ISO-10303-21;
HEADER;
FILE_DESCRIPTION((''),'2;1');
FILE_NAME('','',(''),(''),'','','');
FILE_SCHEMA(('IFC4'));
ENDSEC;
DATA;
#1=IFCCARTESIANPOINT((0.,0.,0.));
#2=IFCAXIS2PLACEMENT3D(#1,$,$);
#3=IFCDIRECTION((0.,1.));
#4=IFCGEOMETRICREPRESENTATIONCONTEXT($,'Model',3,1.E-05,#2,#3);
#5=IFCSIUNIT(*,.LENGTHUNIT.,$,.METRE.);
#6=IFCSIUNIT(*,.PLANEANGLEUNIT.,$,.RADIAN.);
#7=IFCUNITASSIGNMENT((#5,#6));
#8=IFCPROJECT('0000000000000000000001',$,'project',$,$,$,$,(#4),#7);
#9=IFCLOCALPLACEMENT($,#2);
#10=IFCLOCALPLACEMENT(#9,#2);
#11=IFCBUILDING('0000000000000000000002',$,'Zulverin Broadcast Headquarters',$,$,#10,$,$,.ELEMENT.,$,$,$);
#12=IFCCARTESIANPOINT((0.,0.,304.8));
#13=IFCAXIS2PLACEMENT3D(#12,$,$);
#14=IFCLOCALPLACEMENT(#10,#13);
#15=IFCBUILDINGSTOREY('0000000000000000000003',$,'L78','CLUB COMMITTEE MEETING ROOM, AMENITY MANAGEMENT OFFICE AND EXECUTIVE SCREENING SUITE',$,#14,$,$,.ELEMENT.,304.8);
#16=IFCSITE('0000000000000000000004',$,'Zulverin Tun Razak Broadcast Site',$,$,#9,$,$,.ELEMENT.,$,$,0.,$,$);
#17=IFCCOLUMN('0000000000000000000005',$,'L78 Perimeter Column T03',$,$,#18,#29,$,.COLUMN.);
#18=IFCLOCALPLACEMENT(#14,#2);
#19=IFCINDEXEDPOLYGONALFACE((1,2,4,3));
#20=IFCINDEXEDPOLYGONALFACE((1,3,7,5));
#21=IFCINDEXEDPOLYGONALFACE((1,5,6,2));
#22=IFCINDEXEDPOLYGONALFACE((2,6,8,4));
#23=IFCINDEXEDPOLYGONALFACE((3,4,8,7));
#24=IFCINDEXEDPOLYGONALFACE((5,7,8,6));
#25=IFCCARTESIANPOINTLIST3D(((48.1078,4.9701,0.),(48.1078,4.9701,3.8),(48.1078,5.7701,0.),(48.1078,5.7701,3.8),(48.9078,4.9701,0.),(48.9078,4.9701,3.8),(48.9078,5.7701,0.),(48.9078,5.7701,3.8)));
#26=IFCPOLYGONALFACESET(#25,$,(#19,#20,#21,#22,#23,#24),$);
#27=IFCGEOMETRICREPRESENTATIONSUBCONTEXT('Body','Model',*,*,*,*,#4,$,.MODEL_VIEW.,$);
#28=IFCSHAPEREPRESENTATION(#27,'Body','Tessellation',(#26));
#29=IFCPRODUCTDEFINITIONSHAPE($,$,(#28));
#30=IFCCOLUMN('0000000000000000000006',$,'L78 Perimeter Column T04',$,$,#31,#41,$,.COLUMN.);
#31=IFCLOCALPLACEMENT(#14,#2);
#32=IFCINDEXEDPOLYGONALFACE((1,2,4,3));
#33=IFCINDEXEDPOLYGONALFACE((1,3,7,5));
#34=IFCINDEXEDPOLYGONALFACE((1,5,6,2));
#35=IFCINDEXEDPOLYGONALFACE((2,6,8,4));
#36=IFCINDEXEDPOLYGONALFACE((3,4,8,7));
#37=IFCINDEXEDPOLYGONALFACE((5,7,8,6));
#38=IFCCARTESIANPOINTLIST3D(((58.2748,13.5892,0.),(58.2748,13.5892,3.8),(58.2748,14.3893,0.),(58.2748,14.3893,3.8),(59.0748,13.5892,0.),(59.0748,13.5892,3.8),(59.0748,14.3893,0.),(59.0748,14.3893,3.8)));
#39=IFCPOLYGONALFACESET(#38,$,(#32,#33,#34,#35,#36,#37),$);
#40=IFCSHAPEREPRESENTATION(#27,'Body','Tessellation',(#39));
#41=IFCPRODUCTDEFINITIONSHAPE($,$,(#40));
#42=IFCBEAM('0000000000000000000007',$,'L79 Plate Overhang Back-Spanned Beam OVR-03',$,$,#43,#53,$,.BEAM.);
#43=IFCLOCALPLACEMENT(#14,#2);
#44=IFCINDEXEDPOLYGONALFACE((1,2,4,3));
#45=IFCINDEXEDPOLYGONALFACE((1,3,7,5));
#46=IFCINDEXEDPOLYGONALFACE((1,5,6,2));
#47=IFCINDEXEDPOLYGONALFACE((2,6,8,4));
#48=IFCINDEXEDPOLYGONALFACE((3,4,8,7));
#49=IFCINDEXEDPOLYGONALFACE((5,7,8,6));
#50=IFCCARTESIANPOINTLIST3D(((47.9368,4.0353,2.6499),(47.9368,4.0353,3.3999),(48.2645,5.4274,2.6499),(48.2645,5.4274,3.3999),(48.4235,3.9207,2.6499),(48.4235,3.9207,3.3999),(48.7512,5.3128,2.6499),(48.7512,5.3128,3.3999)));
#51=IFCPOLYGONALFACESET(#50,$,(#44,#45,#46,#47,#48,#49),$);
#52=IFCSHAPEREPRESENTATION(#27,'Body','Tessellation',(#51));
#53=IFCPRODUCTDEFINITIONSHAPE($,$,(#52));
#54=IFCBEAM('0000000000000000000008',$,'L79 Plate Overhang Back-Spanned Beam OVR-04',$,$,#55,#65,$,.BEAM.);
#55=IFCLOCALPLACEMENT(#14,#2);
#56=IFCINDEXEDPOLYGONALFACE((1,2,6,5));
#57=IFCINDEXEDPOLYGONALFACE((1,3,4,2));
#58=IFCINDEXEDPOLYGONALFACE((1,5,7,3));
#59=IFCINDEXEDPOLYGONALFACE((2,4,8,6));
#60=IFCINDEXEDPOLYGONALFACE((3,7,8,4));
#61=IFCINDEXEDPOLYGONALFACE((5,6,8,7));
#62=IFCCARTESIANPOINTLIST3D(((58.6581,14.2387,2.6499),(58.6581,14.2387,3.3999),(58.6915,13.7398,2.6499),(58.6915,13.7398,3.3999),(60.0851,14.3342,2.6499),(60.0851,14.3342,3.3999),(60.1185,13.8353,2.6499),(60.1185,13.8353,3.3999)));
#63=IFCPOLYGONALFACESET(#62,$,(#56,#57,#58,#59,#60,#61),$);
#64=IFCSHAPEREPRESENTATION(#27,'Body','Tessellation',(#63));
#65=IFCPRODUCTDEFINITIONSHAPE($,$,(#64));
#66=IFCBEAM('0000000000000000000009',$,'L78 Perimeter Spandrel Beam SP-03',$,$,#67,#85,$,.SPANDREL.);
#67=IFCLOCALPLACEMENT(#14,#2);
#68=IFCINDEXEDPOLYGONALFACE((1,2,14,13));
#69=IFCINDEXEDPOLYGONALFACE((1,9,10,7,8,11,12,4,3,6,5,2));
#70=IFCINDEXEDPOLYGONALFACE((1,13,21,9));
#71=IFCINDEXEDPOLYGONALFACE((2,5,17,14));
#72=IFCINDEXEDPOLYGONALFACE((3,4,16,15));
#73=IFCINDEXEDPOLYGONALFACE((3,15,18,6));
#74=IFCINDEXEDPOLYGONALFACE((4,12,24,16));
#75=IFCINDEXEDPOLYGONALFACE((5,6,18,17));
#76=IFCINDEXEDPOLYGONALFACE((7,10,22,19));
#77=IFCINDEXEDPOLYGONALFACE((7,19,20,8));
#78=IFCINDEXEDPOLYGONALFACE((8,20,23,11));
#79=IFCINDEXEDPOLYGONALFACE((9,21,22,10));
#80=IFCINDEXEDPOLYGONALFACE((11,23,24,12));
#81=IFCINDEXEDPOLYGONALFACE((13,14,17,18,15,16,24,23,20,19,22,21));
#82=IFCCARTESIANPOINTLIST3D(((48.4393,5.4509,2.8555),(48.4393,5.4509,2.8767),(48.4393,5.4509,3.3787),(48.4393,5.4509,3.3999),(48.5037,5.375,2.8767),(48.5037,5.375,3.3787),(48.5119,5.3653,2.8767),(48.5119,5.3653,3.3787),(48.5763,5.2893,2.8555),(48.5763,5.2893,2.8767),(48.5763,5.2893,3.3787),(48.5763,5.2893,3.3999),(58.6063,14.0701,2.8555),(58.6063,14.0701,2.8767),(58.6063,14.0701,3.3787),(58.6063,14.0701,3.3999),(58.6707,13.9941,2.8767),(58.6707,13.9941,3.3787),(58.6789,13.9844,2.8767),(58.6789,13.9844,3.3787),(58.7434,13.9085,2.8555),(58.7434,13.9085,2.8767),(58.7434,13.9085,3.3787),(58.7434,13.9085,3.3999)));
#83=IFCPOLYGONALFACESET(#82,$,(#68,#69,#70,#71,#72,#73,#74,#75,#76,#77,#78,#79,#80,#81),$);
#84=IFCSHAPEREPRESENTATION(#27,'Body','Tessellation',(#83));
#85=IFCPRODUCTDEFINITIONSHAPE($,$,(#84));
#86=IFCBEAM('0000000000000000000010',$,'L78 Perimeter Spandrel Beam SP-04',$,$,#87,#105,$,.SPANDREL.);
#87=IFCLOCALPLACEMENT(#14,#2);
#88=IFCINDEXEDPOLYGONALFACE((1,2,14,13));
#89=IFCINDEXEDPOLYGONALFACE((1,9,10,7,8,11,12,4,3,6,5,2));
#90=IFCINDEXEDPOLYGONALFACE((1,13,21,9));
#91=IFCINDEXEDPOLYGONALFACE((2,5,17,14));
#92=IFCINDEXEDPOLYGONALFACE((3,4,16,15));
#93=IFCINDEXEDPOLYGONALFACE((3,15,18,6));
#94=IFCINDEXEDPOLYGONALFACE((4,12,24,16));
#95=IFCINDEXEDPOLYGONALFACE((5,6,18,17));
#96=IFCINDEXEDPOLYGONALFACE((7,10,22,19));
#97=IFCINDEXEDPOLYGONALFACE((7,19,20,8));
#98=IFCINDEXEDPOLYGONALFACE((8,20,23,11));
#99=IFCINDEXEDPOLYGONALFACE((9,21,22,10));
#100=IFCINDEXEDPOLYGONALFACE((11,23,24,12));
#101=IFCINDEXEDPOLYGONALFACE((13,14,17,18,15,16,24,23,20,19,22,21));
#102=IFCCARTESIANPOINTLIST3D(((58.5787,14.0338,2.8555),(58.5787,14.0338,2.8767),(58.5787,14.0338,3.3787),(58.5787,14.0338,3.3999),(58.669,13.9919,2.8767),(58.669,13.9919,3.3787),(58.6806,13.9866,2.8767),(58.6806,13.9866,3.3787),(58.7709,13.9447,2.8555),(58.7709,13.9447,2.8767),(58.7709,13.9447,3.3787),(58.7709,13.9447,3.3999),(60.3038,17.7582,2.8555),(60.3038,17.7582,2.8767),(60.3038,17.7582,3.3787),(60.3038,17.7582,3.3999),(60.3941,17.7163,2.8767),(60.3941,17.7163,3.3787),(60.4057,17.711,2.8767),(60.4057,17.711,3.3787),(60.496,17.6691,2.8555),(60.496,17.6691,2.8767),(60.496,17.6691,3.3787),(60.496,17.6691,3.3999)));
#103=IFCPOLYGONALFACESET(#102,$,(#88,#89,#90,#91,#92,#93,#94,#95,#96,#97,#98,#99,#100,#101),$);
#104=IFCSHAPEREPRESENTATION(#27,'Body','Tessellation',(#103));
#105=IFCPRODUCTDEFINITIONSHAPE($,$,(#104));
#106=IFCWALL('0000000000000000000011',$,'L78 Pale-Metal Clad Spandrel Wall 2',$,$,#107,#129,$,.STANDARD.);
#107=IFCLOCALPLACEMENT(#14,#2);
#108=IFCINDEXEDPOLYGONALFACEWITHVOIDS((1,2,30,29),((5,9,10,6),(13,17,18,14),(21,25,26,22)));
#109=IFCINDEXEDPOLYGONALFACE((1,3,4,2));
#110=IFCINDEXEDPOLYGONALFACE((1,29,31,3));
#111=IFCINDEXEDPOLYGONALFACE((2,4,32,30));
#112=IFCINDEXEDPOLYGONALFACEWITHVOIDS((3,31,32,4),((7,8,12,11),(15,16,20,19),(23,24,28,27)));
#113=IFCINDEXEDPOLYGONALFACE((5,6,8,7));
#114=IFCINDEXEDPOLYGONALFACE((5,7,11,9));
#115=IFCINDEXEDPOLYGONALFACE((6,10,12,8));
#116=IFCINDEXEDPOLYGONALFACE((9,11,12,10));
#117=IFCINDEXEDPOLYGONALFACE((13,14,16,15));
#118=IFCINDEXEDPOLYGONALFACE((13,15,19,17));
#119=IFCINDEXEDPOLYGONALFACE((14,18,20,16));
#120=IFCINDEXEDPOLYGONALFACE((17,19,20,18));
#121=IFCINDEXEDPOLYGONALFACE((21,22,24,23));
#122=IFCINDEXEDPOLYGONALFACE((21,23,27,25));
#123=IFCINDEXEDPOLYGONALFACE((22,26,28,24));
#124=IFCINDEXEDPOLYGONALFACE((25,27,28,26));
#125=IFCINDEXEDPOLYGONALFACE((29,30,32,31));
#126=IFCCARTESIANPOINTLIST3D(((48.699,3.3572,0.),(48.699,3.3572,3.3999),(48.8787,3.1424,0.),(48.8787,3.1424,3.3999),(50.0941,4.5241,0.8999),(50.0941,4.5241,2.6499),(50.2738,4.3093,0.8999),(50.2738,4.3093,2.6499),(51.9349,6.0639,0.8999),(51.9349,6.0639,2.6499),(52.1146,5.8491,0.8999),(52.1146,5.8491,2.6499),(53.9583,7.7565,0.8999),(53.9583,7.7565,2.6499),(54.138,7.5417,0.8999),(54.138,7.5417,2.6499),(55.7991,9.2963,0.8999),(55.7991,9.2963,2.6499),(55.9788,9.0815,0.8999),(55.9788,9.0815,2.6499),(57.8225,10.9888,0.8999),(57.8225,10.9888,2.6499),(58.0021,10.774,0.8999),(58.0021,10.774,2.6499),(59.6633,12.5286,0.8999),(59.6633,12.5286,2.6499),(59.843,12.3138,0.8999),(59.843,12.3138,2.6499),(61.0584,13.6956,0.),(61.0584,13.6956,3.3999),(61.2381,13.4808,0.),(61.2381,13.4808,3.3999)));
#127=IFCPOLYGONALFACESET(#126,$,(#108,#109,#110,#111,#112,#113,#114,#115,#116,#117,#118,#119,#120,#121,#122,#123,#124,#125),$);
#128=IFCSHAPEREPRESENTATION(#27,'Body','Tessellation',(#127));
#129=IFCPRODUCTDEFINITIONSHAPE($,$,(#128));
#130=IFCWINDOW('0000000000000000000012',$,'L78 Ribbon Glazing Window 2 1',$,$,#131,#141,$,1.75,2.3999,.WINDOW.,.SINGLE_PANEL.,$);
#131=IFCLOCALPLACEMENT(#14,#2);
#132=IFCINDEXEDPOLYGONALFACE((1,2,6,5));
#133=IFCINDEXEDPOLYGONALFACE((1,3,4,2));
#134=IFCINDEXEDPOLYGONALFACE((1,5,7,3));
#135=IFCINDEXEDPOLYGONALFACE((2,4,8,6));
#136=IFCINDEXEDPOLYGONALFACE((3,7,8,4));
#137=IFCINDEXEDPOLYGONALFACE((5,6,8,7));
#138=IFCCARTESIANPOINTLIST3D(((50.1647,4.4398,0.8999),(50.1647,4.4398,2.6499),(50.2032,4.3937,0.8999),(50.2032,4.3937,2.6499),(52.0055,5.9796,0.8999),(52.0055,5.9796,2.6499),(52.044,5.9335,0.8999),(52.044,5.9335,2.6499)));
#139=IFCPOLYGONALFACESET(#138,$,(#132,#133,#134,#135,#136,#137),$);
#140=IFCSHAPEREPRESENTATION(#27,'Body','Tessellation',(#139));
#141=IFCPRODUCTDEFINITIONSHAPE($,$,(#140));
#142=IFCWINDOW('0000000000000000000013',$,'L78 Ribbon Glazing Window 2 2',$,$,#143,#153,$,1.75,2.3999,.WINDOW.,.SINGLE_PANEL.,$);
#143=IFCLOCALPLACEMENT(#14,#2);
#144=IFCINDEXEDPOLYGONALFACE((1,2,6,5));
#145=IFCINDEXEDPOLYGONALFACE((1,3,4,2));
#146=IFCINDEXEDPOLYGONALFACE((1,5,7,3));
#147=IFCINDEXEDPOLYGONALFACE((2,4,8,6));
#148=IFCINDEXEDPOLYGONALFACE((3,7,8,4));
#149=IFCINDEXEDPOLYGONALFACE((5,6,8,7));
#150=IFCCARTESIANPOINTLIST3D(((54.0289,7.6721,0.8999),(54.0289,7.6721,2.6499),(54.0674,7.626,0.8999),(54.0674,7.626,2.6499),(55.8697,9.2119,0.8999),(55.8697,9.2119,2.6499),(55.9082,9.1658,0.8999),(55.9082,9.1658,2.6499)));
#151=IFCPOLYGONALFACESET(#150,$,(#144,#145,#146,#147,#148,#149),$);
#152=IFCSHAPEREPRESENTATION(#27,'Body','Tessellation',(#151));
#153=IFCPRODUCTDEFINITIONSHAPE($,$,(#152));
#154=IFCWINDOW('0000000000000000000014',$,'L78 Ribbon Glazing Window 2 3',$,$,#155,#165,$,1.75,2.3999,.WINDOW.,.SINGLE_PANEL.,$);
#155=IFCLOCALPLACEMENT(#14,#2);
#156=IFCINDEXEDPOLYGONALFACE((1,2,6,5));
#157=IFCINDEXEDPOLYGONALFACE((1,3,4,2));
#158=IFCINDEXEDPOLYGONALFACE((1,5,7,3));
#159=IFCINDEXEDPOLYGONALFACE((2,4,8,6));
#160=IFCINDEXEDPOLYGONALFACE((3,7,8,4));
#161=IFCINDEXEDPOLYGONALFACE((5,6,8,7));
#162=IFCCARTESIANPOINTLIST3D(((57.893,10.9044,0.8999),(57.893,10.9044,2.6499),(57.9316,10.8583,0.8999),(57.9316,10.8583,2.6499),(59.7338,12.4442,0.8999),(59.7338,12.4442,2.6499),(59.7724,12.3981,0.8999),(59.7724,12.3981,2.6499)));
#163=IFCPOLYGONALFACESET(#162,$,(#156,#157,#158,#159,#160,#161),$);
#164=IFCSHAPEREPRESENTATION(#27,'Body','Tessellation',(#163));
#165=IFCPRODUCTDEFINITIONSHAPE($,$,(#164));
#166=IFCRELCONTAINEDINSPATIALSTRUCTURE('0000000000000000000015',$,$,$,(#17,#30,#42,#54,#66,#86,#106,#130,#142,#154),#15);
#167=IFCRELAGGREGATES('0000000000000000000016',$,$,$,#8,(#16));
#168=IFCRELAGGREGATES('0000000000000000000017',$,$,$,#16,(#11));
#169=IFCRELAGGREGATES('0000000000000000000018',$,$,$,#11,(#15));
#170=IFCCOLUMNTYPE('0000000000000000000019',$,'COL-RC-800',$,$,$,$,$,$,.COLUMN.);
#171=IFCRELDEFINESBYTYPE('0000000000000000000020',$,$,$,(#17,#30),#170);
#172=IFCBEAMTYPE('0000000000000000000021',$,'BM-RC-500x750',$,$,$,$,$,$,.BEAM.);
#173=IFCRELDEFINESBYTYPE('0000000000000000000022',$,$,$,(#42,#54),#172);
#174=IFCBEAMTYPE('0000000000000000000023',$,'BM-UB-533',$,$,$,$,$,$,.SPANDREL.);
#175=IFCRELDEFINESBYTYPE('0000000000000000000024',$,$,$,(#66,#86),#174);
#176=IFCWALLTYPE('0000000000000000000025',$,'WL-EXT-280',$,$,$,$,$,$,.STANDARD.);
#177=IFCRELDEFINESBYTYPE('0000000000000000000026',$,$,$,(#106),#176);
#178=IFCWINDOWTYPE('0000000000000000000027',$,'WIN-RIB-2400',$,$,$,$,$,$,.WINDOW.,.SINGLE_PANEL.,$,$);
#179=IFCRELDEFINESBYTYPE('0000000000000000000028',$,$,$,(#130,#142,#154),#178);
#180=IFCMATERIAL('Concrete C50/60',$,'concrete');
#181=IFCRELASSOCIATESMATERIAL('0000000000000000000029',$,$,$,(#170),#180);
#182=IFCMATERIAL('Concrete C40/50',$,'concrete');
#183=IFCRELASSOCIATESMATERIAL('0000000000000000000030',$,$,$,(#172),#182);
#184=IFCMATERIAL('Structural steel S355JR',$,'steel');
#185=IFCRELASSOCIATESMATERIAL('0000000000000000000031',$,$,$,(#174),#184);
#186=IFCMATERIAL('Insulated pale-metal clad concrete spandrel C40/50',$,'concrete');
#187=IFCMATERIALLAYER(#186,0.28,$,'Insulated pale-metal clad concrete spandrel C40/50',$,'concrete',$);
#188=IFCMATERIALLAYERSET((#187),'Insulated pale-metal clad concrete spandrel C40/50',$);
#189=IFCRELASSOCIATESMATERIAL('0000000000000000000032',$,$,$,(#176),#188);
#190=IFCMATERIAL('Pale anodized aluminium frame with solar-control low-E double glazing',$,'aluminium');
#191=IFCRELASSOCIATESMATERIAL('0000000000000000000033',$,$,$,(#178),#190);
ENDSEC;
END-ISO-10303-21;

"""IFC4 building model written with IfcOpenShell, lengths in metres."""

from ifc_helpers import new_model, si_unit, direction, frame, frame_2d, origin, origin_2d, place, context, subcontext, project, spatial, rectangle, i_section, extrude, material, layer, layer_set, material_profile, profile_set, type_object, element, fill, save


model = new_model("IFC4")

# Units and contexts
model_context = context("Model", 3, precision=1e-05, world=origin(), true_north=direction((0.0, 1.0)))
body_context = subcontext(model_context, "Body", "Model", "MODEL_VIEW")
ifc_project = project(units=[si_unit("LENGTHUNIT", "METRE"), si_unit("PLANEANGLEUNIT", "RADIAN")], contexts=[model_context])

# Site, building, storey
site_placement = place(None, origin())
site = spatial("IfcSite", under=ifc_project, at=site_placement, Name="Zulverin Tun Razak Broadcast Site", CompositionType="ELEMENT", RefElevation=0.0)
building_placement = place(site_placement, origin())
building = spatial("IfcBuilding", under=site, at=building_placement, Name="Zulverin Broadcast Headquarters", CompositionType="ELEMENT")
storey_placement = place(building_placement, frame((0.0, 0.0, 304.8)))
storey = spatial("IfcBuildingStorey", under=building, at=storey_placement, Name="L78", Description="CLUB COMMITTEE MEETING ROOM, AMENITY MANAGEMENT OFFICE AND EXECUTIVE SCREENING SUITE", CompositionType="ELEMENT", Elevation=304.8)

# Columns
ifc_material_1 = material(Name="Concrete C50/60", Category="concrete")
ifc_material_profile_1 = material_profile(ifc_material_1, rectangle(XDim=0.8, YDim=0.8, at=origin_2d()), Name="Concrete C50/60", Category="concrete")
ifc_profile_set_1 = profile_set([ifc_material_profile_1], Name="Concrete C50/60")
column_type = type_object("IfcColumnType", Name="COL-RC-800", PredefinedType="COLUMN", material=ifc_profile_set_1)
for number, where, z_axis, x_axis, name in (
    (1, (48.5078, 5.3701, 0.0), (0.0, 0.0, 1.0), (1.0, 0.0, 0.0), "L78 Perimeter Column T03"),
    (2, (58.6748, 13.9893, 0.0), (0.0, 0.0, 1.0), (1.0, 0.0, 0.0), "L78 Perimeter Column T04"),
):
    element("IfcColumn", number, at=place(storey_placement, frame(where, z_axis=z_axis, x_axis=x_axis)), inside=storey, type_object=column_type, Name=name, PredefinedType="COLUMN", context=body_context, shape_type="SweptSolid", body=[
        extrude(rectangle(XDim=0.8, YDim=0.8, at=origin_2d()), origin(), (0.0, 0.0, 1.0), 3.8),
    ])

# Beams
ifc_material_2 = material(Name="Concrete C40/50", Category="concrete")
ifc_material_profile_2 = material_profile(ifc_material_2, rectangle(XDim=0.5, YDim=0.75, at=origin_2d()), Name="Concrete C40/50", Category="concrete")
ifc_profile_set_2 = profile_set([ifc_material_profile_2], Name="Concrete C40/50")
beam_type_1 = type_object("IfcBeamType", Name="BM-RC-500x750", PredefinedType="BEAM", material=ifc_profile_set_2)
for number, where, z_axis, x_axis, name in (
    (3, (48.5078, 5.3701, 3.0249), (-0.229096, -0.973404, 0.0), (0.973404, -0.229096, 0.0), "L79 Plate Overhang Back-Spanned Beam OVR-03"),
    (4, (58.6748, 13.9893, 3.0249), (0.99777, 0.066746, 0.0), (-0.066746, 0.99777, 0.0), "L79 Plate Overhang Back-Spanned Beam OVR-04"),
):
    element("IfcBeam", number, at=place(storey_placement, frame(where, z_axis=z_axis, x_axis=x_axis)), inside=storey, type_object=beam_type_1, Name=name, PredefinedType="BEAM", context=body_context, shape_type="SweptSolid", body=[
        extrude(rectangle(XDim=0.5, YDim=0.75, at=origin_2d()), origin(), (0.0, 0.0, 1.0), 1.4302),
    ])
ifc_material_3 = material(Name="Structural steel S355JR", Category="steel")
ifc_material_profile_3 = material_profile(ifc_material_3, i_section(OverallWidth=0.2119, OverallDepth=0.5444, WebThickness=0.0127, FlangeThickness=0.0212, at=origin_2d()), Name="Structural steel S355JR", Category="steel")
ifc_profile_set_3 = profile_set([ifc_material_profile_3], Name="Structural steel S355JR")
beam_type_2 = type_object("IfcBeamType", Name="BM-UB-533", PredefinedType="SPANDREL", material=ifc_profile_set_3)
beam_1_placement = place(storey_placement, frame((48.5078, 5.3701, 3.1277), z_axis=(0.762783, 0.646655, 0.0), x_axis=(-0.646655, 0.762783, 0.0)))
element("IfcBeam", 5, at=beam_1_placement, inside=storey, type_object=beam_type_2, Name="L78 Perimeter Spandrel Beam SP-03", PredefinedType="SPANDREL", context=body_context, shape_type="SweptSolid", body=[
    extrude(i_section(OverallWidth=0.2119, OverallDepth=0.5444, WebThickness=0.0127, FlangeThickness=0.0212, at=origin_2d()), origin(), (0.0, 0.0, 1.0), 13.3289),
])
beam_2_placement = place(storey_placement, frame((58.6748, 13.9893, 3.1277), z_axis=(0.420295, 0.907388, 0.0), x_axis=(-0.907388, 0.420295, 0.0)))
element("IfcBeam", 6, at=beam_2_placement, inside=storey, type_object=beam_type_2, Name="L78 Perimeter Spandrel Beam SP-04", PredefinedType="SPANDREL", context=body_context, shape_type="SweptSolid", body=[
    extrude(i_section(OverallWidth=0.2119, OverallDepth=0.5444, WebThickness=0.0127, FlangeThickness=0.0212, at=origin_2d()), origin(), (0.0, 0.0, 1.0), 4.1045),
])

# Wall, openings, windows
ifc_material_4 = material(Name="Insulated pale-metal clad concrete spandrel C40/50", Category="concrete")
ifc_layer_1 = layer(ifc_material_4, 0.28, Name="Insulated pale-metal clad concrete spandrel C40/50", Category="concrete")
ifc_layer_set_1 = layer_set([ifc_layer_1], Name="Insulated pale-metal clad concrete spandrel C40/50")
wall_type_1 = type_object("IfcWallType", Name="WL-EXT-280", PredefinedType="STANDARD", material=ifc_layer_set_1)
wall_1_placement = place(storey_placement, frame((48.7888, 3.2498, 0.0), z_axis=(0.0, 0.0, 1.0), x_axis=(0.767033, 0.641608, 0.0)))
wall_1 = element("IfcWall", 7, at=wall_1_placement, inside=storey, type_object=wall_type_1, Name="L78 Pale-Metal Clad Spandrel Wall 2", PredefinedType="STANDARD", context=body_context, shape_type="SweptSolid", body=[
    extrude(rectangle(XDim=16.1133, YDim=0.28, at=frame_2d((8.0566, 0.0))), origin(), (0.0, 0.0, 1.0), 3.3999),
])
opening_1_placement = place(wall_1_placement, frame((1.8188, 0.0, 0.8999)))
opening_1 = element("IfcOpeningElement", 8, at=opening_1_placement, cuts=wall_1, PredefinedType="OPENING", context=body_context, shape_type="SweptSolid", body=[
    extrude(rectangle(XDim=2.3999, YDim=1.75, at=frame_2d((1.2, 0.875))), frame((0.0, 0.1499, 0.0), z_axis=(0.0, -1.0, 0.0), x_axis=(1.0, 0.0, 0.0)), (0.0, 0.0, 1.0), 0.3),
])
opening_2_placement = place(wall_1_placement, frame((6.8567, 0.0, 0.8999)))
opening_2 = element("IfcOpeningElement", 9, at=opening_2_placement, cuts=wall_1, PredefinedType="OPENING", context=body_context, shape_type="SweptSolid", body=[
    extrude(rectangle(XDim=2.3999, YDim=1.75, at=frame_2d((1.2, 0.875))), frame((0.0, 0.1499, 0.0), z_axis=(0.0, -1.0, 0.0), x_axis=(1.0, 0.0, 0.0)), (0.0, 0.0, 1.0), 0.3),
])
opening_3_placement = place(wall_1_placement, frame((11.8945, 0.0, 0.8999)))
opening_3 = element("IfcOpeningElement", 10, at=opening_3_placement, cuts=wall_1, PredefinedType="OPENING", context=body_context, shape_type="SweptSolid", body=[
    extrude(rectangle(XDim=2.3999, YDim=1.75, at=frame_2d((1.2, 0.875))), frame((0.0, 0.1499, 0.0), z_axis=(0.0, -1.0, 0.0), x_axis=(1.0, 0.0, 0.0)), (0.0, 0.0, 1.0), 0.3),
])
ifc_material_5 = material(Name="Pale anodized aluminium frame with solar-control low-E double glazing", Category="aluminium")
window_type = type_object("IfcWindowType", Name="WIN-RIB-2400", PartitioningType="SINGLE_PANEL", PredefinedType="WINDOW", material=ifc_material_5)
window_1_placement = place(opening_1_placement, origin())
window_1 = element("IfcWindow", 11, at=window_1_placement, inside=storey, type_object=window_type, Name="L78 Ribbon Glazing Window 2 1", OverallHeight=1.75, OverallWidth=2.3999, PartitioningType="SINGLE_PANEL", PredefinedType="WINDOW", context=body_context, shape_type="SweptSolid", body=[
    extrude(rectangle(XDim=2.3999, YDim=1.75, at=frame_2d((1.2, 0.875))), frame((0.0, 0.03, 0.0), z_axis=(0.0, -1.0, 0.0), x_axis=(1.0, 0.0, 0.0)), (0.0, 0.0, 1.0), 0.0601),
])
fill(opening_1, window_1)
window_2_placement = place(opening_2_placement, origin())
window_2 = element("IfcWindow", 12, at=window_2_placement, inside=storey, type_object=window_type, Name="L78 Ribbon Glazing Window 2 2", OverallHeight=1.75, OverallWidth=2.3999, PartitioningType="SINGLE_PANEL", PredefinedType="WINDOW", context=body_context, shape_type="SweptSolid", body=[
    extrude(rectangle(XDim=2.3999, YDim=1.75, at=frame_2d((1.2, 0.875))), frame((0.0, 0.03, 0.0), z_axis=(0.0, -1.0, 0.0), x_axis=(1.0, 0.0, 0.0)), (0.0, 0.0, 1.0), 0.0601),
])
fill(opening_2, window_2)
window_3_placement = place(opening_3_placement, origin())
window_3 = element("IfcWindow", 13, at=window_3_placement, inside=storey, type_object=window_type, Name="L78 Ribbon Glazing Window 2 3", OverallHeight=1.75, OverallWidth=2.3999, PartitioningType="SINGLE_PANEL", PredefinedType="WINDOW", context=body_context, shape_type="SweptSolid", body=[
    extrude(rectangle(XDim=2.3999, YDim=1.75, at=frame_2d((1.2, 0.875))), frame((0.0, 0.03, 0.0), z_axis=(0.0, -1.0, 0.0), x_axis=(1.0, 0.0, 0.0)), (0.0, 0.0, 1.0), 0.0601),
])
fill(opening_3, window_3)

save(model, "model.ifc")
